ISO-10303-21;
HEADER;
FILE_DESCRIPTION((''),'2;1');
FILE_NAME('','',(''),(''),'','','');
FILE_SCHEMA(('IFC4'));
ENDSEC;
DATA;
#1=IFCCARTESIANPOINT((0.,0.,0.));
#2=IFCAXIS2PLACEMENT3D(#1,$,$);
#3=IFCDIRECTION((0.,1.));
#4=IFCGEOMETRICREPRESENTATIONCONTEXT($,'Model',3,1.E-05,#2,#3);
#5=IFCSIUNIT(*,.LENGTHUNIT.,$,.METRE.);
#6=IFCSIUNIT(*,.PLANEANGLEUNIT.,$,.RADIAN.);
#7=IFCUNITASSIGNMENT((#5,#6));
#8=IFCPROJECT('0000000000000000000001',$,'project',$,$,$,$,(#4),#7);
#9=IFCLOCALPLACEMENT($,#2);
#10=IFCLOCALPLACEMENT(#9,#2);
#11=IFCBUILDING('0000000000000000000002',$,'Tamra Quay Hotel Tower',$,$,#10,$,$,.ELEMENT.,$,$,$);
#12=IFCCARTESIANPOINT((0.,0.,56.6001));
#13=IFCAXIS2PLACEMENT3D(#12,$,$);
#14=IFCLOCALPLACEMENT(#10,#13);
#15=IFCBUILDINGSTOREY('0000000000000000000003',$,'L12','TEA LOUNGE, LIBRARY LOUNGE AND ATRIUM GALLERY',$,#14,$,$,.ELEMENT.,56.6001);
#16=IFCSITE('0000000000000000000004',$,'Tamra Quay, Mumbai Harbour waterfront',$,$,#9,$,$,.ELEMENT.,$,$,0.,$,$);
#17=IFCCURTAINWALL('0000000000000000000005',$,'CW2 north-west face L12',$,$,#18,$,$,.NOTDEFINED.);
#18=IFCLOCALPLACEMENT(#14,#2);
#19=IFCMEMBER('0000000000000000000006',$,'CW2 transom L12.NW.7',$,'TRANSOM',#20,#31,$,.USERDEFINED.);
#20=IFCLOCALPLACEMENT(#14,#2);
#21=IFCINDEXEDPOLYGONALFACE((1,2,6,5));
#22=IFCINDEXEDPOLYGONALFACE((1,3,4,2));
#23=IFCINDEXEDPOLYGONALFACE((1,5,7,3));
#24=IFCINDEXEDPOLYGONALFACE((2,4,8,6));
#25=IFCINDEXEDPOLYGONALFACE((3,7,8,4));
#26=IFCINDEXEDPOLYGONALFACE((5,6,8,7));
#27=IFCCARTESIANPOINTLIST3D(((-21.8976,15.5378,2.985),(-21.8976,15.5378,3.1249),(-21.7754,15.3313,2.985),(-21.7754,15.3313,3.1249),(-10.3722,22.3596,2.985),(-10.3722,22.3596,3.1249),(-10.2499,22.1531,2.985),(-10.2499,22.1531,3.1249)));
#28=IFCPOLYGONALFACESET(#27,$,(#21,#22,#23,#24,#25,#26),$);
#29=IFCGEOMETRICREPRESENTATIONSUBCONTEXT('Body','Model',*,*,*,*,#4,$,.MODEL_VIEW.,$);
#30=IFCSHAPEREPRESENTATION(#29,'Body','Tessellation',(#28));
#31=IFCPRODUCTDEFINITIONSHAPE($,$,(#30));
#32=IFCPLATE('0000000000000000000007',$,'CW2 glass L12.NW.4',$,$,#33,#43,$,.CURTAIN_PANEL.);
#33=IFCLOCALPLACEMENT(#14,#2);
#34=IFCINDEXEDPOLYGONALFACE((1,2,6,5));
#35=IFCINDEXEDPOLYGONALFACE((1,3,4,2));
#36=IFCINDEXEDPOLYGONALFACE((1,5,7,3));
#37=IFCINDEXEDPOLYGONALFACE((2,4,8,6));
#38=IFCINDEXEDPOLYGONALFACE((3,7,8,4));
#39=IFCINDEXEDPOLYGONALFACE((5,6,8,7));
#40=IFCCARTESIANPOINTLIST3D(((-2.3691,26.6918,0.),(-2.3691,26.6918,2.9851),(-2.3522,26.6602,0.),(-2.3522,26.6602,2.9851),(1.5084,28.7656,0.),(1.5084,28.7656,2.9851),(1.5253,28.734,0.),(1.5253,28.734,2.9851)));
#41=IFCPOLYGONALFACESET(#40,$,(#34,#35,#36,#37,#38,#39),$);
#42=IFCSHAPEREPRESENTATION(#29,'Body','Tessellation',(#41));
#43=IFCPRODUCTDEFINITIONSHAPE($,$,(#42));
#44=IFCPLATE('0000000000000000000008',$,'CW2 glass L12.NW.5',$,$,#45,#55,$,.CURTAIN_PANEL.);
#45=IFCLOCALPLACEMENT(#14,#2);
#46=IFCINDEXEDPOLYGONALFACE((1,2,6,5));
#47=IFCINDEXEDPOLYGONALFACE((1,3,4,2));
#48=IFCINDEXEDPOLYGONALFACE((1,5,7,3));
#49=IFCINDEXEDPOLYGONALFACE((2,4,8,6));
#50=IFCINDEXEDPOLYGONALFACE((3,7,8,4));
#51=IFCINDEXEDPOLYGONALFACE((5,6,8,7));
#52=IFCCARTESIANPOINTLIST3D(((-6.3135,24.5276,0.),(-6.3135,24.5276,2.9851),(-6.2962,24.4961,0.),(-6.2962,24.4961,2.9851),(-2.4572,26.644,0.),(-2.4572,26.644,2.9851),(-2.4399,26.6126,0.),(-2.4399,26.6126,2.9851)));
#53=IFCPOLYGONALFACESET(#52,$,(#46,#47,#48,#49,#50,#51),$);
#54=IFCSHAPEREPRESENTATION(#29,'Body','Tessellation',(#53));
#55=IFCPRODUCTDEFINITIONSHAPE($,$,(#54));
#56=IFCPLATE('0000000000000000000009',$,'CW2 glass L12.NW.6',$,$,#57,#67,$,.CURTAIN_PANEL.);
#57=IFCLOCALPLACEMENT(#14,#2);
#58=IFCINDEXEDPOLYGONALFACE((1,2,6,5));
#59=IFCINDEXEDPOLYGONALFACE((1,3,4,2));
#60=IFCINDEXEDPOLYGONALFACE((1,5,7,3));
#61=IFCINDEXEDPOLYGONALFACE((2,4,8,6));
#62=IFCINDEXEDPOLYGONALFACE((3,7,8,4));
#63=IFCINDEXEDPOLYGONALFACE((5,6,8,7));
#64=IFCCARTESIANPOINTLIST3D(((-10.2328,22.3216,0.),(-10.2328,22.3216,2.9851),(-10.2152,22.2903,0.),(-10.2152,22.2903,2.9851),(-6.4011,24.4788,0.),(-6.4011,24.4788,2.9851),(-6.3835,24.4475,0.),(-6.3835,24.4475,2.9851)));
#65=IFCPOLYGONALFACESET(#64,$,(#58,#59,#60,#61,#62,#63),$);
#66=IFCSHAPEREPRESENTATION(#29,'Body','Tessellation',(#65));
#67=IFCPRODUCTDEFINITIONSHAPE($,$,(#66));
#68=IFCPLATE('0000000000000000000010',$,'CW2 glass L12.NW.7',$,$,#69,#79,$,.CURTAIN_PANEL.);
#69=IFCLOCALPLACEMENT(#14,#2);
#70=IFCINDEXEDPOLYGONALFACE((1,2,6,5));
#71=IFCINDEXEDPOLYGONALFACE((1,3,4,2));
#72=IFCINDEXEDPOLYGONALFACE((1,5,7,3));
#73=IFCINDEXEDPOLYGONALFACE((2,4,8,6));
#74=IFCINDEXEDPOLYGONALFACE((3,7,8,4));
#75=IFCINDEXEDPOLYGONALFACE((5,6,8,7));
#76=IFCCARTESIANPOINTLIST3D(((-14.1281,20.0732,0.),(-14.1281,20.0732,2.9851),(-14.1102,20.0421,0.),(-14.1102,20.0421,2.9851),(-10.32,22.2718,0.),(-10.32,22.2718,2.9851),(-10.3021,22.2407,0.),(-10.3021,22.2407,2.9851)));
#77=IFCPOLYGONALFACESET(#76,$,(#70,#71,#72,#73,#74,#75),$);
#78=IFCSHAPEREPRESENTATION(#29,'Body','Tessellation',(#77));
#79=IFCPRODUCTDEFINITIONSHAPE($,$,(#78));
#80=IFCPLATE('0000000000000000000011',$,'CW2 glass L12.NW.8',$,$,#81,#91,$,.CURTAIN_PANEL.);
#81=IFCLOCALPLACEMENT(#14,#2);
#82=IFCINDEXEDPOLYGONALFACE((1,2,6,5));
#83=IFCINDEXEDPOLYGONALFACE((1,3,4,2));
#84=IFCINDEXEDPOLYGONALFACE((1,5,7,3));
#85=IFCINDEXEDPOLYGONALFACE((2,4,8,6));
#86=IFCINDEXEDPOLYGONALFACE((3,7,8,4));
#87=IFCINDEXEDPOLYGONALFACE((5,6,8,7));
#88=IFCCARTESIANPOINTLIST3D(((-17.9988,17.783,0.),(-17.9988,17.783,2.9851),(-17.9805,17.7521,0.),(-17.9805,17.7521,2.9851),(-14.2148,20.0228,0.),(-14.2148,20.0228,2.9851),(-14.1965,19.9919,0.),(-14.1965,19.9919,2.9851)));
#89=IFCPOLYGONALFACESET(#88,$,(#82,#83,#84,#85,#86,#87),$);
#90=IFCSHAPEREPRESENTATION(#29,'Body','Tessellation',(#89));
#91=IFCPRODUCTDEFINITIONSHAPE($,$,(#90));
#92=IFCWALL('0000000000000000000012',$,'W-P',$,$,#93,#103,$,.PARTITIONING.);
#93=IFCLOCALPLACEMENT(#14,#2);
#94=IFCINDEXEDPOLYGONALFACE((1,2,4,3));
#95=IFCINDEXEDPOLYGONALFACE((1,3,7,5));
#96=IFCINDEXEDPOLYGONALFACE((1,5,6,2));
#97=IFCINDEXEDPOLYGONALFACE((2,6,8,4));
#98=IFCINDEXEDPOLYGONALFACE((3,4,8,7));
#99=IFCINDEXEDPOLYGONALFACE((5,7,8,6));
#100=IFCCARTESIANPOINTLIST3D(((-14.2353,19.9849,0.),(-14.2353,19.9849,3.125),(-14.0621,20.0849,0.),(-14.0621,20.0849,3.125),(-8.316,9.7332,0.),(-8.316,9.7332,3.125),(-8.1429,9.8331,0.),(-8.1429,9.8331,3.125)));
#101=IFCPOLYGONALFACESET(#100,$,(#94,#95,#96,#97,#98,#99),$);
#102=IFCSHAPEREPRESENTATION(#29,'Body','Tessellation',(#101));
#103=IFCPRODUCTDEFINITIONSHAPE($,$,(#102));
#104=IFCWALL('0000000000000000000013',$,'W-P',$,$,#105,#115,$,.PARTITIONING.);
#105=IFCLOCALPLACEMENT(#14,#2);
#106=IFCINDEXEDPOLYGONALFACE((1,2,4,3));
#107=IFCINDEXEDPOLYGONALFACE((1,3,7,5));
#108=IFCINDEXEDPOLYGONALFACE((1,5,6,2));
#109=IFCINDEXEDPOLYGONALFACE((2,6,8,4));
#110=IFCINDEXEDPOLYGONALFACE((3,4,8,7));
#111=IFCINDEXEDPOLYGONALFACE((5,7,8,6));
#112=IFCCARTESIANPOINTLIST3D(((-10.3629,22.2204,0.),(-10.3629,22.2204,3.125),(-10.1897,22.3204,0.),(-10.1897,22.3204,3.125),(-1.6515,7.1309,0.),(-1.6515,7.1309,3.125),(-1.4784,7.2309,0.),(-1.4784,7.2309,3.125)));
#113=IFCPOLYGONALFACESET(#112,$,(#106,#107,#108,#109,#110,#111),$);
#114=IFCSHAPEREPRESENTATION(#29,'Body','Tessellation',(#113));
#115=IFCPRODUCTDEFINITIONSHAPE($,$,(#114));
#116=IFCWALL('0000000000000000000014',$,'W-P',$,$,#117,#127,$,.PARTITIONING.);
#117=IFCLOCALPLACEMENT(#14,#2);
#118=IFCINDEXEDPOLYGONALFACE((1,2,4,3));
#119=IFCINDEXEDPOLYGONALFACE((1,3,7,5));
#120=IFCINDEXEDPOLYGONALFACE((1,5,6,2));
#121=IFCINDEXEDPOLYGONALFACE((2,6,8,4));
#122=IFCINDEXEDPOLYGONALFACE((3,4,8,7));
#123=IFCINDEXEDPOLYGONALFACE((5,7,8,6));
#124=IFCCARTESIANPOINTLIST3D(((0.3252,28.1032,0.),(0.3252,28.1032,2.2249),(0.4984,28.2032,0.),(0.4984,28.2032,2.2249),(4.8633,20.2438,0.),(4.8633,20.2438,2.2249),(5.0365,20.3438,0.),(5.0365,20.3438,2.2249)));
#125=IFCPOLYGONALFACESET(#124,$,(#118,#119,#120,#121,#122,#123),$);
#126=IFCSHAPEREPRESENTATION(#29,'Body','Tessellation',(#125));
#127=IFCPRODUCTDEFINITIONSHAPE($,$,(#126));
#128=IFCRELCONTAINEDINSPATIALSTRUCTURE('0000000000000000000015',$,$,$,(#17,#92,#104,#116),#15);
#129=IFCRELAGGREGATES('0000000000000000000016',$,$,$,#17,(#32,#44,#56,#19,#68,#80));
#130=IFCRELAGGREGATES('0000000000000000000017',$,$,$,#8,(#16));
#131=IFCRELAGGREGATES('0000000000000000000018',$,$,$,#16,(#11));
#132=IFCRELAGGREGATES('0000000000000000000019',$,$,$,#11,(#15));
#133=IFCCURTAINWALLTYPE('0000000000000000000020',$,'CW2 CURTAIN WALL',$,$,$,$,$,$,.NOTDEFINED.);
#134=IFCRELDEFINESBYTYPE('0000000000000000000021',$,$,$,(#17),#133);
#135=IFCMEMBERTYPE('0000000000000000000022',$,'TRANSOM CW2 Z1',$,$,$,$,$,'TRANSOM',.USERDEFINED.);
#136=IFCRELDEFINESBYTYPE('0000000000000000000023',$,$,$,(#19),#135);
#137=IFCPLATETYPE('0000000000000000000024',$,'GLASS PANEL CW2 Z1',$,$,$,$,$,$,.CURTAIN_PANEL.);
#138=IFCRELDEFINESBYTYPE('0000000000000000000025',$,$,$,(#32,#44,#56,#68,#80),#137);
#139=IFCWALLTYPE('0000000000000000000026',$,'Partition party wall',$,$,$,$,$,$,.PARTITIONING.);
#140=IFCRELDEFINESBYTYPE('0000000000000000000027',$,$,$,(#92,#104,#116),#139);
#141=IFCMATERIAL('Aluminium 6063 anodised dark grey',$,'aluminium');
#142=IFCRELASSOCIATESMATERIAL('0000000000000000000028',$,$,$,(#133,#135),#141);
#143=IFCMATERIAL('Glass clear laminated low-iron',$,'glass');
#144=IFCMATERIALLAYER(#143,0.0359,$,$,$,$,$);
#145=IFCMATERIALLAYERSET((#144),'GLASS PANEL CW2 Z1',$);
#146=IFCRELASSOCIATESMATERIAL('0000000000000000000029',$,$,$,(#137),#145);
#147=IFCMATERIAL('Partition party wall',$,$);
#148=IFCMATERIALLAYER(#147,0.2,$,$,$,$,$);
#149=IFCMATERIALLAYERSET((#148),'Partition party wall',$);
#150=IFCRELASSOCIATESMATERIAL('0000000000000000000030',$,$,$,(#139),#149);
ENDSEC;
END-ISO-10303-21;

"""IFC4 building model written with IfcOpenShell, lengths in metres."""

from ifc_helpers import new_model, si_unit, direction, frame, frame_2d, origin, origin_2d, place, context, subcontext, project, spatial, rectangle, extrude, material, layer, layer_set, material_profile, profile_set, type_object, element, aggregate, save


model = new_model("IFC4")

# Units and contexts
model_context = context("Model", 3, precision=1e-05, world=origin(), true_north=direction((0.0, 1.0)))
body_context = subcontext(model_context, "Body", "Model", "MODEL_VIEW")
ifc_project = project(units=[si_unit("LENGTHUNIT", "METRE"), si_unit("PLANEANGLEUNIT", "RADIAN")], contexts=[model_context])

# Site, building, storey
site_placement = place(None, origin())
site = spatial("IfcSite", under=ifc_project, at=site_placement, Name="Tamra Quay, Mumbai Harbour waterfront", CompositionType="ELEMENT", RefElevation=0.0)
building_placement = place(site_placement, origin())
building = spatial("IfcBuilding", under=site, at=building_placement, Name="Tamra Quay Hotel Tower", CompositionType="ELEMENT")
storey_placement = place(building_placement, frame((0.0, 0.0, 56.6001)))
storey = spatial("IfcBuildingStorey", under=building, at=storey_placement, Name="L12", Description="TEA LOUNGE, LIBRARY LOUNGE AND ATRIUM GALLERY", CompositionType="ELEMENT", Elevation=56.6001)

# Curtain wall
ifc_material_1 = material(Name="Aluminium 6063 anodised dark grey", Category="aluminium")
curtain_wall_type = type_object("IfcCurtainWallType", Name="CW2 CURTAIN WALL", PredefinedType="NOTDEFINED", material=ifc_material_1)
curtain_wall_placement = place(storey_placement, origin())
curtain_wall = element("IfcCurtainWall", 1, at=curtain_wall_placement, inside=storey, type_object=curtain_wall_type, Name="CW2 north-west face L12", PredefinedType="NOTDEFINED")

# Member
ifc_material_profile_1 = material_profile(ifc_material_1, rectangle(XDim=0.24, YDim=0.1399, at=origin_2d()), Name="TRANSOM 240X140")
ifc_profile_set_1 = profile_set([ifc_material_profile_1], Name="Aluminium 6063 anodised dark grey")
member_type_1 = type_object("IfcMemberType", Name="TRANSOM CW2 Z1", ElementType="TRANSOM", PredefinedType="USERDEFINED", material=ifc_profile_set_1)
member_1_placement = place(storey_placement, frame((-10.311, 22.2563, 3.0549), z_axis=(-0.860556, -0.509356, 0.0), x_axis=(0.509356, -0.860556, 0.0)))
member_1 = element("IfcMember", 2, at=member_1_placement, type_object=member_type_1, Name="CW2 transom L12.NW.7", ObjectType="TRANSOM", PredefinedType="USERDEFINED", context=body_context, shape_type="SweptSolid", body=[
    extrude(rectangle(XDim=0.24, YDim=0.1399, at=origin_2d()), origin(), (0.0, 0.0, 1.0), 13.3931),
])

# Plates
ifc_material_2 = material(Name="Glass clear laminated low-iron", Category="glass")
ifc_layer_1 = layer(ifc_material_2, 0.0359)
ifc_layer_set_1 = layer_set([ifc_layer_1], Name="GLASS PANEL CW2 Z1")
plate_type = type_object("IfcPlateType", Name="GLASS PANEL CW2 Z1", PredefinedType="CURTAIN_PANEL", material=ifc_layer_set_1)
plate_1_placement = place(storey_placement, frame((-0.4219, 27.7129, 0.0), z_axis=(0.0, 0.0, 1.0), x_axis=(-0.881806, -0.471612, 0.0)))
plate_1 = element("IfcPlate", 3, at=plate_1_placement, type_object=plate_type, Name="CW2 glass L12.NW.4", PredefinedType="CURTAIN_PANEL", context=body_context, shape_type="SweptSolid", body=[
    extrude(rectangle(XDim=4.3972, YDim=0.0359, at=origin_2d()), origin(), (0.0, 0.0, 1.0), 2.9851),
])
plate_2_placement = place(storey_placement, frame((-4.3767, 25.5701, 0.0), z_axis=(0.0, 0.0, 1.0), x_axis=(-0.876651, -0.481127, 0.0)))
plate_2 = element("IfcPlate", 4, at=plate_2_placement, type_object=plate_type, Name="CW2 glass L12.NW.5", PredefinedType="CURTAIN_PANEL", context=body_context, shape_type="SweptSolid", body=[
    extrude(rectangle(XDim=4.3989, YDim=0.0359, at=origin_2d()), origin(), (0.0, 0.0, 1.0), 2.9851),
])
plate_3_placement = place(storey_placement, frame((-8.3081, 23.3845, 0.0), z_axis=(0.0, 0.0, 1.0), x_axis=(-0.871392, -0.490587, 0.0)))
plate_3 = element("IfcPlate", 5, at=plate_3_placement, type_object=plate_type, Name="CW2 glass L12.NW.6", PredefinedType="CURTAIN_PANEL", context=body_context, shape_type="SweptSolid", body=[
    extrude(rectangle(XDim=4.3972, YDim=0.0359, at=origin_2d()), origin(), (0.0, 0.0, 1.0), 2.9851),
])
plate_4_placement = place(storey_placement, frame((-12.2151, 21.157, 0.0), z_axis=(0.0, 0.0, 1.0), x_axis=(-0.866025, -0.5, 0.0)))
plate_4 = element("IfcPlate", 6, at=plate_4_placement, type_object=plate_type, Name="CW2 glass L12.NW.7", PredefinedType="CURTAIN_PANEL", context=body_context, shape_type="SweptSolid", body=[
    extrude(rectangle(XDim=4.3972, YDim=0.0359, at=origin_2d()), origin(), (0.0, 0.0, 1.0), 2.9851),
])
plate_5_placement = place(storey_placement, frame((-16.0977, 18.8875, 0.0), z_axis=(0.0, 0.0, 1.0), x_axis=(-0.860557, -0.509355, 0.0)))
plate_5 = element("IfcPlate", 7, at=plate_5_placement, type_object=plate_type, Name="CW2 glass L12.NW.8", PredefinedType="CURTAIN_PANEL", context=body_context, shape_type="SweptSolid", body=[
    extrude(rectangle(XDim=4.3972, YDim=0.0359, at=origin_2d()), origin(), (0.0, 0.0, 1.0), 2.9851),
])
aggregate(curtain_wall, [plate_1, plate_2, plate_3, member_1, plate_4, plate_5])

# Walls
ifc_material_3 = material(Name="Partition party wall")
ifc_layer_2 = layer(ifc_material_3, 0.2)
ifc_layer_set_2 = layer_set([ifc_layer_2], Name="Partition party wall")
wall_type = type_object("IfcWallType", Name="Partition party wall", PredefinedType="PARTITIONING", material=ifc_layer_set_2)
wall_1_placement = place(storey_placement, frame((-14.1487, 20.0349, 0.0), z_axis=(0.0, 0.0, 1.0), x_axis=(0.500023, -0.866012, 0.0)))
element("IfcWall", 8, at=wall_1_placement, inside=storey, type_object=wall_type, Name="W-P", PredefinedType="PARTITIONING", context=body_context, shape_type="SweptSolid", body=[
    extrude(rectangle(XDim=11.8379, YDim=0.2, at=frame_2d((5.9189, 0.0))), origin(), (0.0, 0.0, 1.0), 3.125),
])
wall_2_placement = place(storey_placement, frame((-10.2764, 22.2705, 0.0), z_axis=(0.0, 0.0, 1.0), x_axis=(0.499976, -0.866039, 0.0)))
element("IfcWall", 9, at=wall_2_placement, inside=storey, type_object=wall_type, Name="W-P", PredefinedType="PARTITIONING", context=body_context, shape_type="SweptSolid", body=[
    extrude(rectangle(XDim=17.4236, YDim=0.2, at=frame_2d((8.7119, 0.0))), origin(), (0.0, 0.0, 1.0), 3.125),
])
wall_3_placement = place(storey_placement, frame((0.4119, 28.1531, 0.0), z_axis=(0.0, 0.0, 1.0), x_axis=(0.500039, -0.866003, 0.0)))
element("IfcWall", 10, at=wall_3_placement, inside=storey, type_object=wall_type, Name="W-P", PredefinedType="PARTITIONING", context=body_context, shape_type="SweptSolid", body=[
    extrude(rectangle(XDim=9.0754, YDim=0.2, at=frame_2d((4.5376, 0.0))), origin(), (0.0, 0.0, 1.0), 2.2249),
])

save(model, "model.ifc")
